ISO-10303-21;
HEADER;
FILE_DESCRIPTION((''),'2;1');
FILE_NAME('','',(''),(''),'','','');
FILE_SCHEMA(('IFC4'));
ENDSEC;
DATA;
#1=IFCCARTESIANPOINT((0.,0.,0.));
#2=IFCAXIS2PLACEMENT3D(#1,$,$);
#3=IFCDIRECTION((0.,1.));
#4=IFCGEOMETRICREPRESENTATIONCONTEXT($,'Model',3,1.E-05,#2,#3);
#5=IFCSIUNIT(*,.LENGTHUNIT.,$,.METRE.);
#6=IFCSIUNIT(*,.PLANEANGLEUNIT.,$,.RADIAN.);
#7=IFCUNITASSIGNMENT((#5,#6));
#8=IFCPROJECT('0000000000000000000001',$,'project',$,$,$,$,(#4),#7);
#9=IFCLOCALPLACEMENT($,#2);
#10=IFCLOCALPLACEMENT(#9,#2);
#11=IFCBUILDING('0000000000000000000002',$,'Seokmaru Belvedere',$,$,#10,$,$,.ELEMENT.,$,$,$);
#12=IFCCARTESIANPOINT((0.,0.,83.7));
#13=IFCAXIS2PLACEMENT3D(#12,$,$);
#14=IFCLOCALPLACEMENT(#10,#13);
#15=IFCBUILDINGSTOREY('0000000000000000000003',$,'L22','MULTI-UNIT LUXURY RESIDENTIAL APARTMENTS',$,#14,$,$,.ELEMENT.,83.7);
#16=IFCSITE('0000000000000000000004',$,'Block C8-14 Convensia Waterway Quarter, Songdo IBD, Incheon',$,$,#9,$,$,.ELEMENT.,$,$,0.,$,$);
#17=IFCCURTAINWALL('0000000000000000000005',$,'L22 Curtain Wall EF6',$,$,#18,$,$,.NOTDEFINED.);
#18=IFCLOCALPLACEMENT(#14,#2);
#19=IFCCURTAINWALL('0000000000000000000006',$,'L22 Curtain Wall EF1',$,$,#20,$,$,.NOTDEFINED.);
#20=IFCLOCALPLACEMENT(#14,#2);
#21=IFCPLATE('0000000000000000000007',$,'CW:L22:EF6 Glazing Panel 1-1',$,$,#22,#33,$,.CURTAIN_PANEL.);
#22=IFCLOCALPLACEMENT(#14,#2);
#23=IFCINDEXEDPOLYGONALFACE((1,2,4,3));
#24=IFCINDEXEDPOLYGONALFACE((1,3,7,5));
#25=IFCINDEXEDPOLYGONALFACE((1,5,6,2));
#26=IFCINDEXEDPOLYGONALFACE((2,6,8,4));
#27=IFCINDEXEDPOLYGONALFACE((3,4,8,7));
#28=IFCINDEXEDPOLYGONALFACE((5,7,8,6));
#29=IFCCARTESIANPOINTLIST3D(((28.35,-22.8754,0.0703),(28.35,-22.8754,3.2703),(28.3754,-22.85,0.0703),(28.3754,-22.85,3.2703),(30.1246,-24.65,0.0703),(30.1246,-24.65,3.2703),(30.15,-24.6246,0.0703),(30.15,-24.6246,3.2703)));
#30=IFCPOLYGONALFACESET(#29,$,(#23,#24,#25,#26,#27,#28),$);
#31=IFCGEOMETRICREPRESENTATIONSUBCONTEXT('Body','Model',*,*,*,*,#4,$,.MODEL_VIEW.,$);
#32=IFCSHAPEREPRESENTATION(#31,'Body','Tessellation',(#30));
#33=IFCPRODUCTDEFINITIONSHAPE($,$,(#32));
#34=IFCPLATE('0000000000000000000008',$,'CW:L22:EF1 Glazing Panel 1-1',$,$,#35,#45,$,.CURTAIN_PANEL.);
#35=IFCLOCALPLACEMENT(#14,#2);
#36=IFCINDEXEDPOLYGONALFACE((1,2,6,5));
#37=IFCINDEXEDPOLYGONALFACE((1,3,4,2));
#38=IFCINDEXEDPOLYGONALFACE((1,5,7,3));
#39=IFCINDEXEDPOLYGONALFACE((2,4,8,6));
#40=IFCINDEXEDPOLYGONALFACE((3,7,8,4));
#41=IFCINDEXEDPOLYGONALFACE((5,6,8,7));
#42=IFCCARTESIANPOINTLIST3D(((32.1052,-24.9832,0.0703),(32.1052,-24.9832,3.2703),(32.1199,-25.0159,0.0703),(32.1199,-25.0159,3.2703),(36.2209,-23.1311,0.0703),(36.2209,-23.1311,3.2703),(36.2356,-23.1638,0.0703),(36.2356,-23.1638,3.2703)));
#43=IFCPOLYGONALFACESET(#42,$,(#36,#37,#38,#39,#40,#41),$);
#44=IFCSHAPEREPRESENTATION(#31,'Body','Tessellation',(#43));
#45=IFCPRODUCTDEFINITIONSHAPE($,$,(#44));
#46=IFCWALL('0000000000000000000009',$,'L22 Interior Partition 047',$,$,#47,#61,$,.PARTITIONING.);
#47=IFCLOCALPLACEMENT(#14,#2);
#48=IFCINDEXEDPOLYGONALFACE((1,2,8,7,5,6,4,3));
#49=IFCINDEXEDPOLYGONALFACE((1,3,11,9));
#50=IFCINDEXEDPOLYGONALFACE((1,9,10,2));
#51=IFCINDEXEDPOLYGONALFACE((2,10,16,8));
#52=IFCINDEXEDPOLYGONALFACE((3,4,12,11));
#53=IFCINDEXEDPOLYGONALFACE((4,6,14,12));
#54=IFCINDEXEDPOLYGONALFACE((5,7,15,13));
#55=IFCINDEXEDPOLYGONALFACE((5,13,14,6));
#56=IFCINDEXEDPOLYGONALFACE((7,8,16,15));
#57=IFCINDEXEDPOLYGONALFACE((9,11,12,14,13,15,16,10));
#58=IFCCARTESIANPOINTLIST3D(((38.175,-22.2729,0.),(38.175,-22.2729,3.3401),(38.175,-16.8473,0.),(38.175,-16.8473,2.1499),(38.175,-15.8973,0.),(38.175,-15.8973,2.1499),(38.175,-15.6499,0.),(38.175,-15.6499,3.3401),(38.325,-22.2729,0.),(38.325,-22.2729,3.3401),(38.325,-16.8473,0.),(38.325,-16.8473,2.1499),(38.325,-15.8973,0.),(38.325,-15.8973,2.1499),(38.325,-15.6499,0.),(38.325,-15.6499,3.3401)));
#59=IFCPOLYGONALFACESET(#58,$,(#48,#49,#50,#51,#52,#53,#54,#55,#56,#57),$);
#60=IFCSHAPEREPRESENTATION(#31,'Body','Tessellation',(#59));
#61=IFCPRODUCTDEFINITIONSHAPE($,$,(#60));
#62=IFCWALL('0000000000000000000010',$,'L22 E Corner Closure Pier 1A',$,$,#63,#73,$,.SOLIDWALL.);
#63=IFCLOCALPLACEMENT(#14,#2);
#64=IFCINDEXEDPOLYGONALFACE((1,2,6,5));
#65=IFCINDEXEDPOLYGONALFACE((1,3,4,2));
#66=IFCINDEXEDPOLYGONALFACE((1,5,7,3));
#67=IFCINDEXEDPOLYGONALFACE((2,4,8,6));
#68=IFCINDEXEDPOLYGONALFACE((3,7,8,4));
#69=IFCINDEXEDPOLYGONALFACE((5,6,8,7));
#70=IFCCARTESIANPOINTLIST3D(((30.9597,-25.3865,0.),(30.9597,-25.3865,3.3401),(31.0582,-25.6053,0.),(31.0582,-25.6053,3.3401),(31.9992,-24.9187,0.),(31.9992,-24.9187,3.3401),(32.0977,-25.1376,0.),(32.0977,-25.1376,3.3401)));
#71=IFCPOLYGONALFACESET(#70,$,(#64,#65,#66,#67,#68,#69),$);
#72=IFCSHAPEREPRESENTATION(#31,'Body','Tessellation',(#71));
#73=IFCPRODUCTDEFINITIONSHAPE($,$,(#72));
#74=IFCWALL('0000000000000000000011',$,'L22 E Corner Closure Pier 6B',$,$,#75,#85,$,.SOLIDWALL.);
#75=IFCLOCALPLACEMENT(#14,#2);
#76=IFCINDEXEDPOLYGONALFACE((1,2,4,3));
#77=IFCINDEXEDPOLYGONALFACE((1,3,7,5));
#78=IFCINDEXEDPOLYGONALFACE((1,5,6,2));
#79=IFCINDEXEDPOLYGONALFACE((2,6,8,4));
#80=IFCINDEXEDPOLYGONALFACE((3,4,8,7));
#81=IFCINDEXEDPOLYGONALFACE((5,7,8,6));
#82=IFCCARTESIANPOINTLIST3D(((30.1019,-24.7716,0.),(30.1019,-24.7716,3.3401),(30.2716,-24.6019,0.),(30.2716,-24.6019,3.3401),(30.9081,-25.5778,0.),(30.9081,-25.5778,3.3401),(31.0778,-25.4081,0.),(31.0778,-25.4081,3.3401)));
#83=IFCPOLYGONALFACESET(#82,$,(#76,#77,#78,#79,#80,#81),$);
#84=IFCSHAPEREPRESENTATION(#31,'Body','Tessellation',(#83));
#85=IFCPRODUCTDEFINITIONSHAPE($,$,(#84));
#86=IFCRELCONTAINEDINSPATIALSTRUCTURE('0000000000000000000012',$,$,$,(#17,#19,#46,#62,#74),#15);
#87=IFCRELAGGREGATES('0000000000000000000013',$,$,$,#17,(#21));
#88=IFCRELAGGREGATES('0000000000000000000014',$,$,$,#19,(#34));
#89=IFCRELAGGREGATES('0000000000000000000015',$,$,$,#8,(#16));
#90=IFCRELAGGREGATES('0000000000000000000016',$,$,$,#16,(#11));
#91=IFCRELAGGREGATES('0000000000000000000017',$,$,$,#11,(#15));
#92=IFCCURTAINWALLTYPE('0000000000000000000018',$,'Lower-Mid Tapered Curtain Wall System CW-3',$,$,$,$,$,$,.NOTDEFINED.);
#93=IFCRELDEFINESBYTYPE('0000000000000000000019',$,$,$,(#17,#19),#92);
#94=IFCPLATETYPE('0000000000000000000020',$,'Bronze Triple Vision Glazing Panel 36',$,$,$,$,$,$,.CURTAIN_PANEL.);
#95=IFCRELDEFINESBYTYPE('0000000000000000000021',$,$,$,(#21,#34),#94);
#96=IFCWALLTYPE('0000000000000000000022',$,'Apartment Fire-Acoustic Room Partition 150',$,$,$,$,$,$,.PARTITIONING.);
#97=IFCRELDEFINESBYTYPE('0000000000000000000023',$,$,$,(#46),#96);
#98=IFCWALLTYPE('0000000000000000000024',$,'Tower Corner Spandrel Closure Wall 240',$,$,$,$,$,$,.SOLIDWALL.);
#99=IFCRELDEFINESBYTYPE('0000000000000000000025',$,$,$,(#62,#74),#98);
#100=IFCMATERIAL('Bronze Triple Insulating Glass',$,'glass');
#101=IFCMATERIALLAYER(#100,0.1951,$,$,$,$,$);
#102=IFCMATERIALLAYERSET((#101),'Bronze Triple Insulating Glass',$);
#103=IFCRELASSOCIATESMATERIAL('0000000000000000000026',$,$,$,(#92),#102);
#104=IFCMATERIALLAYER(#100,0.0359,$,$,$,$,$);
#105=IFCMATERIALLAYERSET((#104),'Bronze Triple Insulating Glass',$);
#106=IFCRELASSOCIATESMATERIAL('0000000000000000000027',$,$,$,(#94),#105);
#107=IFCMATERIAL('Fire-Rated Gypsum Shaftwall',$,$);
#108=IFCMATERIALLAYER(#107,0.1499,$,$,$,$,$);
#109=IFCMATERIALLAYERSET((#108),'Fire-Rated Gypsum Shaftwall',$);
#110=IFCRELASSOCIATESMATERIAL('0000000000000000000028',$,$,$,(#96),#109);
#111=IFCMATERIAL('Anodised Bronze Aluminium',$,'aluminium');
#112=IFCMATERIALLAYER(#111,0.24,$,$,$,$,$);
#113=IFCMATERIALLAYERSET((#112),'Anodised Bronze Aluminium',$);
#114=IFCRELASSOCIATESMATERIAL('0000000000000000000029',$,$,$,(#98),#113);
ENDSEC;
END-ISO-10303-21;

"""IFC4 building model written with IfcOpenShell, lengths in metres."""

from ifc_helpers import new_model, si_unit, direction, frame, frame_2d, origin, origin_2d, place, context, subcontext, project, spatial, rectangle, extrude, source, transform, mapped, material, layer, layer_set, type_object, type_shapes, element, aggregate, save


model = new_model("IFC4")

# Units and contexts
model_context = context("Model", 3, precision=1e-05, world=origin(), true_north=direction((0.0, 1.0)))
body_context = subcontext(model_context, "Body", "Model", "MODEL_VIEW")
ifc_project = project(units=[si_unit("LENGTHUNIT", "METRE"), si_unit("PLANEANGLEUNIT", "RADIAN")], contexts=[model_context])

# Site, building, storey
site_placement = place(None, origin())
site = spatial("IfcSite", under=ifc_project, at=site_placement, Name="Block C8-14 Convensia Waterway Quarter, Songdo IBD, Incheon", CompositionType="ELEMENT", RefElevation=0.0)
building_placement = place(site_placement, origin())
building = spatial("IfcBuilding", under=site, at=building_placement, Name="Seokmaru Belvedere", CompositionType="ELEMENT")
storey_placement = place(building_placement, frame((0.0, 0.0, 83.7)))
storey = spatial("IfcBuildingStorey", under=building, at=storey_placement, Name="L22", Description="MULTI-UNIT LUXURY RESIDENTIAL APARTMENTS", CompositionType="ELEMENT", Elevation=83.7)

# Curtain walls
ifc_material_1 = material(Name="Bronze Triple Insulating Glass", Category="glass")
ifc_layer_1 = layer(ifc_material_1, 0.1951)
ifc_layer_set_1 = layer_set([ifc_layer_1], Name="Bronze Triple Insulating Glass")
curtain_wall_type = type_object("IfcCurtainWallType", Name="Lower-Mid Tapered Curtain Wall System CW-3", PredefinedType="NOTDEFINED", material=ifc_layer_set_1)
curtain_wall_1_placement = place(storey_placement, origin())
curtain_wall_1 = element("IfcCurtainWall", 1, at=curtain_wall_1_placement, inside=storey, type_object=curtain_wall_type, Name="L22 Curtain Wall EF6", PredefinedType="NOTDEFINED")
ifc_material_2 = material(Name="Anodised Bronze Aluminium", Category="aluminium")
curtain_wall_2_placement = place(storey_placement, origin())
curtain_wall_2 = element("IfcCurtainWall", 2, at=curtain_wall_2_placement, inside=storey, type_object=curtain_wall_type, Name="L22 Curtain Wall EF1", PredefinedType="NOTDEFINED")

# Plates
ifc_layer_2 = layer(ifc_material_1, 0.0359)
ifc_layer_set_2 = layer_set([ifc_layer_2], Name="Bronze Triple Insulating Glass")
plate_type = type_object("IfcPlateType", Name="Bronze Triple Vision Glazing Panel 36", PredefinedType="CURTAIN_PANEL", material=ifc_layer_set_2)
shared_shape_1 = source(origin(), body_context, "Body", "SweptSolid", [
    extrude(rectangle(XDim=2.5098, YDim=0.0359, at=origin_2d()), origin(), (0.0, 0.0, 1.0), 3.2),
])
plate_1_placement = place(storey_placement, frame((29.25, -23.75, 0.0703), z_axis=(0.0, 0.0, 1.0), x_axis=(0.707107, -0.707107, 0.0)))
plate_1 = element("IfcPlate", 3, at=plate_1_placement, type_object=plate_type, Name="CW:L22:EF6 Glazing Panel 1-1", PredefinedType="CURTAIN_PANEL", context=body_context, shape_type="MappedRepresentation", body=[
    mapped(shared_shape_1, transform((0.0, 0.0, 0.0), scale=1.0)),
])
aggregate(curtain_wall_1, [plate_1])
shared_shape_2 = source(origin(), body_context, "Body", "SweptSolid", [
    extrude(rectangle(XDim=4.5132, YDim=0.0359, at=origin_2d()), origin(), (0.0, 0.0, 1.0), 3.2),
])
type_shapes(plate_type, [shared_shape_1, shared_shape_2])
plate_2_placement = place(storey_placement, frame((34.1704, -24.0735, 0.0703), z_axis=(0.0, 0.0, 1.0), x_axis=(0.911921, 0.410366, 0.0)))
plate_2 = element("IfcPlate", 4, at=plate_2_placement, type_object=plate_type, Name="CW:L22:EF1 Glazing Panel 1-1", PredefinedType="CURTAIN_PANEL", context=body_context, shape_type="MappedRepresentation", body=[
    mapped(shared_shape_2, transform((0.0, 0.0, 0.0), scale=1.0)),
])
aggregate(curtain_wall_2, [plate_2])

# Wall, opening
ifc_material_3 = material(Name="Fire-Rated Gypsum Shaftwall")
ifc_layer_3 = layer(ifc_material_3, 0.1499)
ifc_layer_set_3 = layer_set([ifc_layer_3], Name="Fire-Rated Gypsum Shaftwall")
wall_type_1 = type_object("IfcWallType", Name="Apartment Fire-Acoustic Room Partition 150", PredefinedType="PARTITIONING", material=ifc_layer_set_3)
wall_1_placement = place(storey_placement, frame((38.25, -22.2729, 0.0), z_axis=(0.0, 0.0, 1.0), x_axis=(0.0, 1.0, 0.0)))
wall_1 = element("IfcWall", 5, at=wall_1_placement, inside=storey, type_object=wall_type_1, Name="L22 Interior Partition 047", PredefinedType="PARTITIONING", context=body_context, shape_type="SweptSolid", body=[
    extrude(rectangle(XDim=6.623, YDim=0.1499, at=frame_2d((3.3115, 0.0))), origin(), (0.0, 0.0, 1.0), 3.3401),
])
opening_placement = place(wall_1_placement, frame((5.4255, 0.0, 0.0)))
element("IfcOpeningElement", 6, at=opening_placement, cuts=wall_1, PredefinedType="OPENING", context=body_context, shape_type="SweptSolid", body=[
    extrude(rectangle(XDim=0.95, YDim=2.1499, at=frame_2d((0.4751, 1.075))), frame((0.0, 0.085, 0.0), z_axis=(0.0, -1.0, 0.0), x_axis=(1.0, 0.0, 0.0)), (0.0, 0.0, 1.0), 0.1699),
])

# Walls
ifc_layer_4 = layer(ifc_material_2, 0.24)
ifc_layer_set_4 = layer_set([ifc_layer_4], Name="Anodised Bronze Aluminium")
wall_type_2 = type_object("IfcWallType", Name="Tower Corner Spandrel Closure Wall 240", PredefinedType="SOLIDWALL", material=ifc_layer_set_4)
wall_2_placement = place(storey_placement, frame((31.009, -25.4958, 0.0), z_axis=(0.0, 0.0, 1.0), x_axis=(0.91193, 0.410347, 0.0)))
element("IfcWall", 7, at=wall_2_placement, inside=storey, type_object=wall_type_2, Name="L22 E Corner Closure Pier 1A", PredefinedType="SOLIDWALL", context=body_context, shape_type="SweptSolid", body=[
    extrude(rectangle(XDim=1.1399, YDim=0.24, at=frame_2d((0.5698, 0.0))), origin(), (0.0, 0.0, 1.0), 3.3401),
])
wall_3_placement = place(storey_placement, frame((30.1868, -24.6868, 0.0), z_axis=(0.0, 0.0, 1.0), x_axis=(0.707107, -0.707107, 0.0)))
element("IfcWall", 8, at=wall_3_placement, inside=storey, type_object=wall_type_2, Name="L22 E Corner Closure Pier 6B", PredefinedType="SOLIDWALL", context=body_context, shape_type="SweptSolid", body=[
    extrude(rectangle(XDim=1.1401, YDim=0.24, at=frame_2d((0.5701, 0.0))), origin(), (0.0, 0.0, 1.0), 3.3401),
])

save(model, "model.ifc")
